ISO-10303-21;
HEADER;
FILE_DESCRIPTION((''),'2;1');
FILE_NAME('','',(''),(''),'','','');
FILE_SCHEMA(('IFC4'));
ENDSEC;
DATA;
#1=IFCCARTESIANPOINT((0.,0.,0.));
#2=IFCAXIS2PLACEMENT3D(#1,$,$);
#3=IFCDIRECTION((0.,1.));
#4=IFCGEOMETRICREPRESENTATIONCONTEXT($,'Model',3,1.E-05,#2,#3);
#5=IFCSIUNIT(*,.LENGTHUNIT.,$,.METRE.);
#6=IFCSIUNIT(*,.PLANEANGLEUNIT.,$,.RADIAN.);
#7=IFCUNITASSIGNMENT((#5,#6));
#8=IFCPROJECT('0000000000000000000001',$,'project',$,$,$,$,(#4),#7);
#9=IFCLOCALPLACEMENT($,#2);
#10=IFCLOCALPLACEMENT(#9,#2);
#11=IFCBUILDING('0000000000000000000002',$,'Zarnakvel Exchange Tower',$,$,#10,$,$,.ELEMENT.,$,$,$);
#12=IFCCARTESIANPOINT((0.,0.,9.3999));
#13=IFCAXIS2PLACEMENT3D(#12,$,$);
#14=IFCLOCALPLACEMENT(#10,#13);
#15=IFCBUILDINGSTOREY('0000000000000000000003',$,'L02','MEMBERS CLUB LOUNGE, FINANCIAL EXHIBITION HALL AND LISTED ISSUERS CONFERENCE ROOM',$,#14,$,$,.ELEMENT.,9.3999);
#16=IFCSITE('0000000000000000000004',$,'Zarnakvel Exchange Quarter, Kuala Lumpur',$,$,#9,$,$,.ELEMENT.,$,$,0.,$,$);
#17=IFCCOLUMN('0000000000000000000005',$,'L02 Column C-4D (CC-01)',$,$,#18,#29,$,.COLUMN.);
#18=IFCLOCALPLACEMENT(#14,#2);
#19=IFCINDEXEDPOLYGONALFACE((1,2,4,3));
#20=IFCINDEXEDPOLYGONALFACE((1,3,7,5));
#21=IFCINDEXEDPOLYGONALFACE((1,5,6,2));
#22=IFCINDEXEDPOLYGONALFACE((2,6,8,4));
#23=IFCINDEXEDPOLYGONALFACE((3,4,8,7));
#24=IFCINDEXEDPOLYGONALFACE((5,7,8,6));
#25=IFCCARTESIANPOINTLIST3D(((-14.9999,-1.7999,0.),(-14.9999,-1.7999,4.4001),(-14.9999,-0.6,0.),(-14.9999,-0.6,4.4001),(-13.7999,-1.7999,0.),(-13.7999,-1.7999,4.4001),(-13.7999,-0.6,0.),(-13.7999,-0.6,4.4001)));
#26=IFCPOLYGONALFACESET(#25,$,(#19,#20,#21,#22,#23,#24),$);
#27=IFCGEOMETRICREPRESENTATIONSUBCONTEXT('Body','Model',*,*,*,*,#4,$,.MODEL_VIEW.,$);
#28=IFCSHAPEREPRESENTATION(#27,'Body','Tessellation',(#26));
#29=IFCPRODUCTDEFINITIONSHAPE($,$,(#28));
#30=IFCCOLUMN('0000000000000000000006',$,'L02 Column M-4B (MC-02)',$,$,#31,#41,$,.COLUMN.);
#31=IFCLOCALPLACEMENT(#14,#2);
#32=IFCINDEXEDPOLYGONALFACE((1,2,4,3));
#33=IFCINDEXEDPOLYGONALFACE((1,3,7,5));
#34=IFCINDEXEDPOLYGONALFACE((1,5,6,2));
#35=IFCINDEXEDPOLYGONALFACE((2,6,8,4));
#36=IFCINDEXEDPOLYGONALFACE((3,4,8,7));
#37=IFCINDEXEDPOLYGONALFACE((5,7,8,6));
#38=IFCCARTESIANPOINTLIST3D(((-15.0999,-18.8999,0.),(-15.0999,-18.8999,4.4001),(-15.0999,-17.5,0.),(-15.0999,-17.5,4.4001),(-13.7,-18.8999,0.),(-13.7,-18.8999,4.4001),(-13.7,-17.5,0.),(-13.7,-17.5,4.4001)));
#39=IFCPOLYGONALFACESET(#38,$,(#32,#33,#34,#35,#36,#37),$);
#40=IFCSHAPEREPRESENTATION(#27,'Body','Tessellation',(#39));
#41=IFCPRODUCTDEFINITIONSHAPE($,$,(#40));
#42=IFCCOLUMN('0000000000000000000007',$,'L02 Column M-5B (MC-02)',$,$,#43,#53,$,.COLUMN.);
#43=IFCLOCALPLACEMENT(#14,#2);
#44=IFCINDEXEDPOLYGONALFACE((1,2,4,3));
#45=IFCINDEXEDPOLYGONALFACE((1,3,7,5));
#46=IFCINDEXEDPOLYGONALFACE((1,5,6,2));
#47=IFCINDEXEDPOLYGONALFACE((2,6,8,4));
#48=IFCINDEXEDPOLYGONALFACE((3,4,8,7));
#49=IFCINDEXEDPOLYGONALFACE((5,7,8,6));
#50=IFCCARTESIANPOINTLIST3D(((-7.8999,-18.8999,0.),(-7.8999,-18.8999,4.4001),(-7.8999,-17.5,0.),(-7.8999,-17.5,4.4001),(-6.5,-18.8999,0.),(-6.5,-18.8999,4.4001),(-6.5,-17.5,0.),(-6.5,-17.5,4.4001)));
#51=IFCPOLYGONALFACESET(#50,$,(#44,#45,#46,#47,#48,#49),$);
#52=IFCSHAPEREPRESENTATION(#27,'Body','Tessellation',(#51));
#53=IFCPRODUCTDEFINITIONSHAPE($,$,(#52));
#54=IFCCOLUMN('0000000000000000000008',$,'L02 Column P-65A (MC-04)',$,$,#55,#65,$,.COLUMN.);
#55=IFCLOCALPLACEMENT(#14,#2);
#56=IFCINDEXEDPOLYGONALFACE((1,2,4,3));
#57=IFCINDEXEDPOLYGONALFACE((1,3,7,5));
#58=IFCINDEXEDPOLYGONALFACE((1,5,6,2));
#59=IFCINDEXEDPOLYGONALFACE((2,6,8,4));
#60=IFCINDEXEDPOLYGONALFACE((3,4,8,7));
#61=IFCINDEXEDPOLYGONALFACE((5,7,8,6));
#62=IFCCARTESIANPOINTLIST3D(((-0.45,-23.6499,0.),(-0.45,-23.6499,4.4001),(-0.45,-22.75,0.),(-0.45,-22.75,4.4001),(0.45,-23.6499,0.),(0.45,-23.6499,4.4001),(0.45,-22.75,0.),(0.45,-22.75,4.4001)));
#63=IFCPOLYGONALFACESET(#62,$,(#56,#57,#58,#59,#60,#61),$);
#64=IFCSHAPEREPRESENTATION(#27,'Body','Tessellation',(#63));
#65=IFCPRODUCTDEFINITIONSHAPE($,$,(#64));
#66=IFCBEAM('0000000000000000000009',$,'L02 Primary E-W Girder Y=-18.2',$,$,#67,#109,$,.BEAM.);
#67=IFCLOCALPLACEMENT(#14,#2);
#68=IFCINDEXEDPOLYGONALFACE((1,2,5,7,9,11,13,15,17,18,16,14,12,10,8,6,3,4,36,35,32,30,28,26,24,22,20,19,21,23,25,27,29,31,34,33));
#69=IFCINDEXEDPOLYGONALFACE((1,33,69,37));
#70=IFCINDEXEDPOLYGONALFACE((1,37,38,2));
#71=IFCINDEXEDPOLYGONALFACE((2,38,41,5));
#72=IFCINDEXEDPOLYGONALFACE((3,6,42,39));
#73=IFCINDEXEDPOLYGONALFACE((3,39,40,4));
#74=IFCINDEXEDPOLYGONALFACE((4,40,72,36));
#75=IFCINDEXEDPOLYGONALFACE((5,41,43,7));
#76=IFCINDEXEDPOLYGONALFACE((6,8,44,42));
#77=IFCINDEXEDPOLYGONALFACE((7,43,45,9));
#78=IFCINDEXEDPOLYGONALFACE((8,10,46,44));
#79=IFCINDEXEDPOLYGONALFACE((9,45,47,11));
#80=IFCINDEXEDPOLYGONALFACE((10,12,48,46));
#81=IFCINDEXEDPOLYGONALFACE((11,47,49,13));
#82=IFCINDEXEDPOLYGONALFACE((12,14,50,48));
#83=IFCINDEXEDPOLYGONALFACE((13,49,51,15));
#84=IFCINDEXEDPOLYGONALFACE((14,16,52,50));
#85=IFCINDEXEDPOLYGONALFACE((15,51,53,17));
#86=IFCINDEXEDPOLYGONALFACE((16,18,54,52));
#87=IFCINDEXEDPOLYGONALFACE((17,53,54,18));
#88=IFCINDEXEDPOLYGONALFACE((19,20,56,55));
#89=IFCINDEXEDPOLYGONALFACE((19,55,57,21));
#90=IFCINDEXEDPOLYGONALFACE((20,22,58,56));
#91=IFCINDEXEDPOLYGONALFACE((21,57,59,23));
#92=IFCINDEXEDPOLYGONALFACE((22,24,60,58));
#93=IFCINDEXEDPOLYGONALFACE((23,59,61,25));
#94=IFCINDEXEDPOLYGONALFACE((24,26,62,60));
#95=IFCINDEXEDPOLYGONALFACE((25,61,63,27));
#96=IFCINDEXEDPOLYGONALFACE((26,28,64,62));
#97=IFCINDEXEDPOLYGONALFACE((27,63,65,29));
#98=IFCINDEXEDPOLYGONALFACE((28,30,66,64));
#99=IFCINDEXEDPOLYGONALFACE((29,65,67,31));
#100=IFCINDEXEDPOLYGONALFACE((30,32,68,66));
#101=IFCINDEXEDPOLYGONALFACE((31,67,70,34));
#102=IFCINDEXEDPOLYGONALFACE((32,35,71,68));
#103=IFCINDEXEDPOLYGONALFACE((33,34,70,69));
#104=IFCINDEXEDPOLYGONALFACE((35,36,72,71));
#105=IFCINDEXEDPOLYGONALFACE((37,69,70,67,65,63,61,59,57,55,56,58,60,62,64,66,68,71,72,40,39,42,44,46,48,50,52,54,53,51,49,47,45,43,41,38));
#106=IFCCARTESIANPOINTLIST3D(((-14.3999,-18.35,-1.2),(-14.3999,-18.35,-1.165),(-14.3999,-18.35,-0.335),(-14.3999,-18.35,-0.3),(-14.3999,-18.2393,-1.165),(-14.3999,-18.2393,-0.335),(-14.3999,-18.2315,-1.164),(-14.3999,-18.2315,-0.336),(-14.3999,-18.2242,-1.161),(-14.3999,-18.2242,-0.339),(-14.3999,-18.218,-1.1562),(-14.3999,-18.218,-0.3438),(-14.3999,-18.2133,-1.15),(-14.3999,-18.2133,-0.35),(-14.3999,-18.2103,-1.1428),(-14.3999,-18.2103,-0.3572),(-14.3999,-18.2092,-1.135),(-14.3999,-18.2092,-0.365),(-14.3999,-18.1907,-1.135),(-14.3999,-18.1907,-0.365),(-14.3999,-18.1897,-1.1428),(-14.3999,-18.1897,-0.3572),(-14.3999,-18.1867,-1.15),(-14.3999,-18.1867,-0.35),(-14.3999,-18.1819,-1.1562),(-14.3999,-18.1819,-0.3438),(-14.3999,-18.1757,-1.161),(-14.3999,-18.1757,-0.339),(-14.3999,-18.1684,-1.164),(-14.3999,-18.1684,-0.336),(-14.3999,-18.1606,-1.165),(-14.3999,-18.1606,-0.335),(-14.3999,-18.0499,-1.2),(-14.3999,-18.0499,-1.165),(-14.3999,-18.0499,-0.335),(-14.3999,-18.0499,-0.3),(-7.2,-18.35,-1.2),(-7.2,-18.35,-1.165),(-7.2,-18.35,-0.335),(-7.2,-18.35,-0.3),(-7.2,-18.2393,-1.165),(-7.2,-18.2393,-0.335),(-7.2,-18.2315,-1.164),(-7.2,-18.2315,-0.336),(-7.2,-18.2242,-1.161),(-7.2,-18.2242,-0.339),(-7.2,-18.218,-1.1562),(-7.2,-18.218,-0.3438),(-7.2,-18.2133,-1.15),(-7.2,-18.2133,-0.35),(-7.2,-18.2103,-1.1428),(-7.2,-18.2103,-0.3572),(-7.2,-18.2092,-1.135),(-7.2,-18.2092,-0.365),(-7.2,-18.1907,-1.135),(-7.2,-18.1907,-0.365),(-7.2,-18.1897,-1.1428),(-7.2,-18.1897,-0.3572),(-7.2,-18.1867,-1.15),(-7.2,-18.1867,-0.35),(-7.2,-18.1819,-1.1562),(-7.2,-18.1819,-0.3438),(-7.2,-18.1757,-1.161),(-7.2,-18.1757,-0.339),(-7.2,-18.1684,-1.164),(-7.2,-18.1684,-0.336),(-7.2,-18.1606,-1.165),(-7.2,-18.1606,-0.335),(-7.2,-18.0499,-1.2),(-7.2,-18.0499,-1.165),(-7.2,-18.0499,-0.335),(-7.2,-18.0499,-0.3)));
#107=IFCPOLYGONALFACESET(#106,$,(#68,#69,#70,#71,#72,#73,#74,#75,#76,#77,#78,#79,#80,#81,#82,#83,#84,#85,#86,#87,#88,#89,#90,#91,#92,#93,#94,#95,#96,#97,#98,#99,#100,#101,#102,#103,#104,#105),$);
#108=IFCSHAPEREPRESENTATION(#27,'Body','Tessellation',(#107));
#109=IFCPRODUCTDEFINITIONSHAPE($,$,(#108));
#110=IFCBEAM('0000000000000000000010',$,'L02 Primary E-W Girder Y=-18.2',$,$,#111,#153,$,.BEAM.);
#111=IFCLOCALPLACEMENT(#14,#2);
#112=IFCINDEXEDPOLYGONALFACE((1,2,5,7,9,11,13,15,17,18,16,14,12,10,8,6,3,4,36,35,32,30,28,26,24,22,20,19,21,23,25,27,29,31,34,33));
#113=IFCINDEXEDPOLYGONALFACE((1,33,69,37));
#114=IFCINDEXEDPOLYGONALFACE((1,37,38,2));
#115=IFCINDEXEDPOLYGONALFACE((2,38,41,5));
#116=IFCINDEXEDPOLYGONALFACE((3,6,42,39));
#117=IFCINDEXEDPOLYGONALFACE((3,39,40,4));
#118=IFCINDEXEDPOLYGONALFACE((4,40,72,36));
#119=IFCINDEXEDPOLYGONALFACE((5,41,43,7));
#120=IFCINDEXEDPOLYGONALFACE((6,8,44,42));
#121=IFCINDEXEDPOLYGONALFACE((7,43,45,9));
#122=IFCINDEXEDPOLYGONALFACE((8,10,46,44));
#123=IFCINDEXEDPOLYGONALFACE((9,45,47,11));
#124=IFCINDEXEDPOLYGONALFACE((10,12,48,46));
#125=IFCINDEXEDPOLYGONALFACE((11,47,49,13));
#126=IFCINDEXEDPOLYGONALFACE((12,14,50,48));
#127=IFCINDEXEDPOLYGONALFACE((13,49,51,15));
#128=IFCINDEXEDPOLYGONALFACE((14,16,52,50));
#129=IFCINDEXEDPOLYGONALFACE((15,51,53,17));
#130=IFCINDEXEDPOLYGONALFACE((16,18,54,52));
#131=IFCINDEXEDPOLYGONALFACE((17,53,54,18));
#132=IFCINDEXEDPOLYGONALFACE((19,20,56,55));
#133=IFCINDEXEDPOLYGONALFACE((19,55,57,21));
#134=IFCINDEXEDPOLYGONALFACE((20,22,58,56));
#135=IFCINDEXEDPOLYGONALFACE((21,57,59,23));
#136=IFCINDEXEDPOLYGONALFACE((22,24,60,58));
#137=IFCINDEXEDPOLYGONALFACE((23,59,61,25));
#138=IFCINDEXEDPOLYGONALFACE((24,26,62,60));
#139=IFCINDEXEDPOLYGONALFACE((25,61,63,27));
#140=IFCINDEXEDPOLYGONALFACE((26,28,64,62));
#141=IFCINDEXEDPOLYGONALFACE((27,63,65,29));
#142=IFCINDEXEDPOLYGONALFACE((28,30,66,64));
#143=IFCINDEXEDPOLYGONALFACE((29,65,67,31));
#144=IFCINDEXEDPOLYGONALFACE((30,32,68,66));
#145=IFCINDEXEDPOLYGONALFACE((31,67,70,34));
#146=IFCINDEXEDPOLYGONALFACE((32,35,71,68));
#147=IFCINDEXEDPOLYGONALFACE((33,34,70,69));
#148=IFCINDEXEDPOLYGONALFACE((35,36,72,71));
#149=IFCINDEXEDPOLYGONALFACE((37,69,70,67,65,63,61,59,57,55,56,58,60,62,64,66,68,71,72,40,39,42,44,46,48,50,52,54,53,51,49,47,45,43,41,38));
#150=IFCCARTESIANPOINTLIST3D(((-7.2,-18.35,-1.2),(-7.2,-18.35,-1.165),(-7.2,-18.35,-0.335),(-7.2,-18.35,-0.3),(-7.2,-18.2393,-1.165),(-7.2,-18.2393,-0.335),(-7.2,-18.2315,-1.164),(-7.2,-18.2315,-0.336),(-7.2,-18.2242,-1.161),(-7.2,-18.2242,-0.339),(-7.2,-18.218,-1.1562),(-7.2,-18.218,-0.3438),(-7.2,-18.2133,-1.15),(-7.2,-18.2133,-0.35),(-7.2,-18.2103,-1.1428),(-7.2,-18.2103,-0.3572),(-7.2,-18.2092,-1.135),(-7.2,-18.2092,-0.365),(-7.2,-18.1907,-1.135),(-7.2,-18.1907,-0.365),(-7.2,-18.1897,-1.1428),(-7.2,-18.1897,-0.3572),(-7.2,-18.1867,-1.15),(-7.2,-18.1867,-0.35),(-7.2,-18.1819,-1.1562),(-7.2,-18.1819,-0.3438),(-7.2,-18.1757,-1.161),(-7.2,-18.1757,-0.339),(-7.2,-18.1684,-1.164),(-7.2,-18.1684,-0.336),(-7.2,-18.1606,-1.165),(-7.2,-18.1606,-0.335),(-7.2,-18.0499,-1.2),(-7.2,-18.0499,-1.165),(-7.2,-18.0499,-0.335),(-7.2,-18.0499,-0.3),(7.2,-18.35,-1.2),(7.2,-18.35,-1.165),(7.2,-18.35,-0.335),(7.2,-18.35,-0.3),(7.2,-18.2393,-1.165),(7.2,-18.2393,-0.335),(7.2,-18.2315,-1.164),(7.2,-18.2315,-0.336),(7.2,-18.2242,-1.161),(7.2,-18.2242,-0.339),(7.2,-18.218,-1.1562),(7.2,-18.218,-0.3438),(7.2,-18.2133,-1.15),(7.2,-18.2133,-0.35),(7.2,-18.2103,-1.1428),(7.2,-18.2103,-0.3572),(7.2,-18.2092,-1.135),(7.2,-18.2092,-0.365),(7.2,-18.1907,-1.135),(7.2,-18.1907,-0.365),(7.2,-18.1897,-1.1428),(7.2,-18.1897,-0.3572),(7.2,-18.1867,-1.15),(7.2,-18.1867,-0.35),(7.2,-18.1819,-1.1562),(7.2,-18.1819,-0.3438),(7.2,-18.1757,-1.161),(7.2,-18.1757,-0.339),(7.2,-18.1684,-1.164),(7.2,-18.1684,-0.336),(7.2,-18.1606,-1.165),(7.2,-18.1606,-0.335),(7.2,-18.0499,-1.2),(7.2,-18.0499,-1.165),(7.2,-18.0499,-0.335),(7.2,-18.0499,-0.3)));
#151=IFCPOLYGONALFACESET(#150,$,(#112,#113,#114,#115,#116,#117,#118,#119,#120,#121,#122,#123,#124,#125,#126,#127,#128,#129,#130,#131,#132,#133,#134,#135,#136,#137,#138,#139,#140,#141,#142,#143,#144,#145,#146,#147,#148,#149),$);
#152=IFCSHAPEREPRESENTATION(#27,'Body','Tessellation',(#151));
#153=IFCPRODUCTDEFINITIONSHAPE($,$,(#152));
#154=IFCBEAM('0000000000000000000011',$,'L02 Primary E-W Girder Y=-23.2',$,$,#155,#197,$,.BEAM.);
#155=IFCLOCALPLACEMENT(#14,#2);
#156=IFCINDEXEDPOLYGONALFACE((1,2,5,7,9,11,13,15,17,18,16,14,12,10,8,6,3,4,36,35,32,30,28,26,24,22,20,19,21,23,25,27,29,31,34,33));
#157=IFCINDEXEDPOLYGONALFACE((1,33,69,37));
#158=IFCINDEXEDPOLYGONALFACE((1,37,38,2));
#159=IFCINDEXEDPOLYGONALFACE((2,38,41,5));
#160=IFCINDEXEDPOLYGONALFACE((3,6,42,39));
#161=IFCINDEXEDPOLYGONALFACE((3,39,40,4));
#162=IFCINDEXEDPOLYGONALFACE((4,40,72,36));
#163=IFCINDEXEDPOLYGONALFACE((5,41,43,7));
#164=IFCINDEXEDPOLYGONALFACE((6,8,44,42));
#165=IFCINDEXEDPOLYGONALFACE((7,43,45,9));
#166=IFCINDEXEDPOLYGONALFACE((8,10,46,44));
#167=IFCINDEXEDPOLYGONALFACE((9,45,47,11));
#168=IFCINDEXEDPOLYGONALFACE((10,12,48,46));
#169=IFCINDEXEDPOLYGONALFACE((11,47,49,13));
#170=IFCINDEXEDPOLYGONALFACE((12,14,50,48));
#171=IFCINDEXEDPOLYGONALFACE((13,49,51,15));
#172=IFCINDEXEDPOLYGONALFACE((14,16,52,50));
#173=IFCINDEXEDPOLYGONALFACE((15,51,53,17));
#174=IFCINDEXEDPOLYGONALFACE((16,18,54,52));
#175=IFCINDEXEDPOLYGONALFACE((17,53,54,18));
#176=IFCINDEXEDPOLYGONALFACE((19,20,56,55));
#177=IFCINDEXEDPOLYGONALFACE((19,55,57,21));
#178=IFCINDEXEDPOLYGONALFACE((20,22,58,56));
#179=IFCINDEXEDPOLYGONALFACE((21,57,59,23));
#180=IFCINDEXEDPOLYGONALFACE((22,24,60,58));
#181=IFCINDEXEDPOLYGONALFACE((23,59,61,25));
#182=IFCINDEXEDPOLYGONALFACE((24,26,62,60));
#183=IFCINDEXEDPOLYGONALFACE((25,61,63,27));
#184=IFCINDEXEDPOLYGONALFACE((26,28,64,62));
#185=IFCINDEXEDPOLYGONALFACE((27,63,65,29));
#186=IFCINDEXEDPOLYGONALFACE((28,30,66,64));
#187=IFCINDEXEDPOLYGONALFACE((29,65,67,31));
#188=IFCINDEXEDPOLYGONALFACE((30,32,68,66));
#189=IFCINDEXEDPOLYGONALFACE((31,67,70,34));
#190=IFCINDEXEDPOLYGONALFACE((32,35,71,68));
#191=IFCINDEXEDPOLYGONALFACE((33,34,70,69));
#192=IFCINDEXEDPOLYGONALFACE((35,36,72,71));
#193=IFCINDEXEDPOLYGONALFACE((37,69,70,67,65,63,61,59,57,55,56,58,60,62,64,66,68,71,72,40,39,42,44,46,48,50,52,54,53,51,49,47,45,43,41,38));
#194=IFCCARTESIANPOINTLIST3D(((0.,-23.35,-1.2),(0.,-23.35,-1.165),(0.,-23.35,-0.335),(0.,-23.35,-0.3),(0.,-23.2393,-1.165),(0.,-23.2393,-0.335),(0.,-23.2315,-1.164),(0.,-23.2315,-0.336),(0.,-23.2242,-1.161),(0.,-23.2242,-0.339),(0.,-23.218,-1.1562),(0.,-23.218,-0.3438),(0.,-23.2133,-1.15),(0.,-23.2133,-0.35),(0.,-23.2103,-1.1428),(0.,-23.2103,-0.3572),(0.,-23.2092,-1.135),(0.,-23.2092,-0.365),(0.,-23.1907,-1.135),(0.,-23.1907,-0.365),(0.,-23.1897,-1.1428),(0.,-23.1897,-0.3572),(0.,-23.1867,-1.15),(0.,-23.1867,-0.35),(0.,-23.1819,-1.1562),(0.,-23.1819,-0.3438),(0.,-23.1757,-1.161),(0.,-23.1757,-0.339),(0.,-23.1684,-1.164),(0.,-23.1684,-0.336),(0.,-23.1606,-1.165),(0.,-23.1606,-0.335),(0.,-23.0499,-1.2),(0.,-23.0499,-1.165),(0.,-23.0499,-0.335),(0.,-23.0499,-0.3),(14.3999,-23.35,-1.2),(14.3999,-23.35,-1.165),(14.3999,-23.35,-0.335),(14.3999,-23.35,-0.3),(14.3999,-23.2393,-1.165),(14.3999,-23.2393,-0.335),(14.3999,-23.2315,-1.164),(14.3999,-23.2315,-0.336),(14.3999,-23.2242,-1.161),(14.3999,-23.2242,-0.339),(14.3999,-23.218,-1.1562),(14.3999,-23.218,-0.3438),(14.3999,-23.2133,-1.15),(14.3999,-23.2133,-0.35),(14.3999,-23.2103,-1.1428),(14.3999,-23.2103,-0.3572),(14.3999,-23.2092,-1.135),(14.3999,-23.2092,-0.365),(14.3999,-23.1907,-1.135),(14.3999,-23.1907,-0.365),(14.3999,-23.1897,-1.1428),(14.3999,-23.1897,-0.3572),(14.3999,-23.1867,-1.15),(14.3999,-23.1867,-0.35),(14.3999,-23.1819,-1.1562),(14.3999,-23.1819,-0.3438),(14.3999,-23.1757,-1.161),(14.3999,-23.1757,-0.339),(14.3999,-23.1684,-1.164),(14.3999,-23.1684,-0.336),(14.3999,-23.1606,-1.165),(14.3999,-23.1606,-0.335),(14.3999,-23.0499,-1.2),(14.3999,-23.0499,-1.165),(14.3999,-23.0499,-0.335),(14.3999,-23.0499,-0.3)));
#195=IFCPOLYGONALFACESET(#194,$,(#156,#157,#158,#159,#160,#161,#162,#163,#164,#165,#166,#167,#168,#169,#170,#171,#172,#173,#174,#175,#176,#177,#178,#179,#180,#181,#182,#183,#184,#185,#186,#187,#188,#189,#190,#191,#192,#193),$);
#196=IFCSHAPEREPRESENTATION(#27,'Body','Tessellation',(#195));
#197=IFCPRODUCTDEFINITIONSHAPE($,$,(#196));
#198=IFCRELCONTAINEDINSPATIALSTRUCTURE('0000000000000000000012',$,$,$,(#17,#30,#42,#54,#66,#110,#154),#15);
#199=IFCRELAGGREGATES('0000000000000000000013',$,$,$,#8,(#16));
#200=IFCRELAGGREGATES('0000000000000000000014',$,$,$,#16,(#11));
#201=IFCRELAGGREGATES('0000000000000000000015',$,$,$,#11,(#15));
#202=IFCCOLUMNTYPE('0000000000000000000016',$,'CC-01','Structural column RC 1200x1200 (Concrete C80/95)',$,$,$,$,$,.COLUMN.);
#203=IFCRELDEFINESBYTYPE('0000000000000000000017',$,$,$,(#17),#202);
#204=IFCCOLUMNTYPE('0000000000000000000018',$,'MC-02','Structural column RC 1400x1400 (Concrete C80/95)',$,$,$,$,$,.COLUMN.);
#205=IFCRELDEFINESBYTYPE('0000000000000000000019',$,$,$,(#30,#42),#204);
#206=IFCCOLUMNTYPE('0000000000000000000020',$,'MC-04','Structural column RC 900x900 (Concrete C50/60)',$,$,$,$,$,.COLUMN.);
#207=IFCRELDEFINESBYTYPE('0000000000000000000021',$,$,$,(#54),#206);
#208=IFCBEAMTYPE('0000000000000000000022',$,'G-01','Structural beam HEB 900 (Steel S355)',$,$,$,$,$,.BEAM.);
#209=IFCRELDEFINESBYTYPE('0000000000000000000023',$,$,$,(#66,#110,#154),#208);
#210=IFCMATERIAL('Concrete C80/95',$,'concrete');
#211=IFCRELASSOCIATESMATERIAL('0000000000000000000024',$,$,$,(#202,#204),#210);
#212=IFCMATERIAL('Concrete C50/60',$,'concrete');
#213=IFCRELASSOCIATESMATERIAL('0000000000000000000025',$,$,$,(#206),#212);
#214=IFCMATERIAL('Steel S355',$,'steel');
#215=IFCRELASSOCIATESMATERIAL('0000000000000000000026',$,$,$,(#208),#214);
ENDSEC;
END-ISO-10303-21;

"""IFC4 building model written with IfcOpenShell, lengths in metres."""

from ifc_helpers import new_model, si_unit, direction, frame, origin, origin_2d, place, context, subcontext, project, spatial, rectangle, i_section, extrude, material, material_profile, profile_set, type_object, element, save


model = new_model("IFC4")

# Units and contexts
model_context = context("Model", 3, precision=1e-05, world=origin(), true_north=direction((0.0, 1.0)))
body_context = subcontext(model_context, "Body", "Model", "MODEL_VIEW")
ifc_project = project(units=[si_unit("LENGTHUNIT", "METRE"), si_unit("PLANEANGLEUNIT", "RADIAN")], contexts=[model_context])

# Site, building, storey
site_placement = place(None, origin())
site = spatial("IfcSite", under=ifc_project, at=site_placement, Name="Zarnakvel Exchange Quarter, Kuala Lumpur", CompositionType="ELEMENT", RefElevation=0.0)
building_placement = place(site_placement, origin())
building = spatial("IfcBuilding", under=site, at=building_placement, Name="Zarnakvel Exchange Tower", CompositionType="ELEMENT")
storey_placement = place(building_placement, frame((0.0, 0.0, 9.3999)))
storey = spatial("IfcBuildingStorey", under=building, at=storey_placement, Name="L02", Description="MEMBERS CLUB LOUNGE, FINANCIAL EXHIBITION HALL AND LISTED ISSUERS CONFERENCE ROOM", CompositionType="ELEMENT", Elevation=9.3999)

# Columns
ifc_material_1 = material(Name="Concrete C80/95", Category="concrete")
ifc_material_profile_1 = material_profile(ifc_material_1, rectangle(XDim=1.2, YDim=1.2, at=origin_2d()))
ifc_profile_set_1 = profile_set([ifc_material_profile_1], Name="Concrete C80/95")
column_type_1 = type_object("IfcColumnType", Name="CC-01", Description="Structural column RC 1200x1200 (Concrete C80/95)", PredefinedType="COLUMN", material=ifc_profile_set_1)
column_1_placement = place(storey_placement, frame((-14.3999, -1.2, 0.0), z_axis=(0.0, 0.0, 1.0), x_axis=(1.0, 0.0, 0.0)))
element("IfcColumn", 1, at=column_1_placement, inside=storey, type_object=column_type_1, Name="L02 Column C-4D (CC-01)", PredefinedType="COLUMN", context=body_context, shape_type="SweptSolid", body=[
    extrude(rectangle(XDim=1.2, YDim=1.2, at=origin_2d()), origin(), (0.0, 0.0, 1.0), 4.4001),
])
ifc_material_profile_2 = material_profile(ifc_material_1, rectangle(XDim=1.3999, YDim=1.3999, at=origin_2d()))
ifc_profile_set_2 = profile_set([ifc_material_profile_2], Name="Concrete C80/95")
column_type_2 = type_object("IfcColumnType", Name="MC-02", Description="Structural column RC 1400x1400 (Concrete C80/95)", PredefinedType="COLUMN", material=ifc_profile_set_2)
for number, where, z_axis, x_axis, name in (
    (2, (-14.3999, -18.2, 0.0), (0.0, 0.0, 1.0), (1.0, 0.0, 0.0), "L02 Column M-4B (MC-02)"),
    (3, (-7.2, -18.2, 0.0), (0.0, 0.0, 1.0), (1.0, 0.0, 0.0), "L02 Column M-5B (MC-02)"),
):
    element("IfcColumn", number, at=place(storey_placement, frame(where, z_axis=z_axis, x_axis=x_axis)), inside=storey, type_object=column_type_2, Name=name, PredefinedType="COLUMN", context=body_context, shape_type="SweptSolid", body=[
        extrude(rectangle(XDim=1.3999, YDim=1.3999, at=origin_2d()), origin(), (0.0, 0.0, 1.0), 4.4001),
    ])
ifc_material_2 = material(Name="Concrete C50/60", Category="concrete")
ifc_material_profile_3 = material_profile(ifc_material_2, rectangle(XDim=0.8999, YDim=0.8999, at=origin_2d()))
ifc_profile_set_3 = profile_set([ifc_material_profile_3], Name="Concrete C50/60")
column_type_3 = type_object("IfcColumnType", Name="MC-04", Description="Structural column RC 900x900 (Concrete C50/60)", PredefinedType="COLUMN", material=ifc_profile_set_3)
column_2_placement = place(storey_placement, frame((0.0, -23.2, 0.0), z_axis=(0.0, 0.0, 1.0), x_axis=(1.0, 0.0, 0.0)))
element("IfcColumn", 4, at=column_2_placement, inside=storey, type_object=column_type_3, Name="L02 Column P-65A (MC-04)", PredefinedType="COLUMN", context=body_context, shape_type="SweptSolid", body=[
    extrude(rectangle(XDim=0.8999, YDim=0.8999, at=origin_2d()), origin(), (0.0, 0.0, 1.0), 4.4001),
])

# Beams
ifc_material_3 = material(Name="Steel S355", Category="steel")
ifc_material_profile_4 = material_profile(ifc_material_3, i_section(OverallWidth=0.3, OverallDepth=0.8999, WebThickness=0.0186, FlangeThickness=0.0349, FilletRadius=0.03, at=origin_2d()))
ifc_profile_set_4 = profile_set([ifc_material_profile_4], Name="Steel S355")
beam_type_1 = type_object("IfcBeamType", Name="G-01", Description="Structural beam HEB 900 (Steel S355)", PredefinedType="BEAM", material=ifc_profile_set_4)
beam_1_placement = place(storey_placement, frame((-14.3999, -18.2, -0.75), z_axis=(1.0, 0.0, 0.0), x_axis=(0.0, 1.0, 0.0)))
element("IfcBeam", 5, at=beam_1_placement, inside=storey, type_object=beam_type_1, Name="L02 Primary E-W Girder Y=-18.2", PredefinedType="BEAM", context=body_context, shape_type="SweptSolid", body=[
    extrude(i_section(OverallWidth=0.3, OverallDepth=0.8999, WebThickness=0.0186, FlangeThickness=0.0349, FilletRadius=0.03, at=origin_2d()), origin(), (0.0, 0.0, 1.0), 7.2),
])
for number, where, z_axis, x_axis, name in (
    (6, (-7.2, -18.2, -0.75), (1.0, 0.0, 0.0), (0.0, 1.0, 0.0), "L02 Primary E-W Girder Y=-18.2"),
    (7, (0.0, -23.2, -0.75), (1.0, 0.0, 0.0), (0.0, 1.0, 0.0), "L02 Primary E-W Girder Y=-23.2"),
):
    element("IfcBeam", number, at=place(storey_placement, frame(where, z_axis=z_axis, x_axis=x_axis)), inside=storey, type_object=beam_type_1, Name=name, PredefinedType="BEAM", context=body_context, shape_type="SweptSolid", body=[
        extrude(i_section(OverallWidth=0.3, OverallDepth=0.8999, WebThickness=0.0186, FlangeThickness=0.0349, FilletRadius=0.03, at=origin_2d()), origin(), (0.0, 0.0, 1.0), 14.3999),
    ])

save(model, "model.ifc")
